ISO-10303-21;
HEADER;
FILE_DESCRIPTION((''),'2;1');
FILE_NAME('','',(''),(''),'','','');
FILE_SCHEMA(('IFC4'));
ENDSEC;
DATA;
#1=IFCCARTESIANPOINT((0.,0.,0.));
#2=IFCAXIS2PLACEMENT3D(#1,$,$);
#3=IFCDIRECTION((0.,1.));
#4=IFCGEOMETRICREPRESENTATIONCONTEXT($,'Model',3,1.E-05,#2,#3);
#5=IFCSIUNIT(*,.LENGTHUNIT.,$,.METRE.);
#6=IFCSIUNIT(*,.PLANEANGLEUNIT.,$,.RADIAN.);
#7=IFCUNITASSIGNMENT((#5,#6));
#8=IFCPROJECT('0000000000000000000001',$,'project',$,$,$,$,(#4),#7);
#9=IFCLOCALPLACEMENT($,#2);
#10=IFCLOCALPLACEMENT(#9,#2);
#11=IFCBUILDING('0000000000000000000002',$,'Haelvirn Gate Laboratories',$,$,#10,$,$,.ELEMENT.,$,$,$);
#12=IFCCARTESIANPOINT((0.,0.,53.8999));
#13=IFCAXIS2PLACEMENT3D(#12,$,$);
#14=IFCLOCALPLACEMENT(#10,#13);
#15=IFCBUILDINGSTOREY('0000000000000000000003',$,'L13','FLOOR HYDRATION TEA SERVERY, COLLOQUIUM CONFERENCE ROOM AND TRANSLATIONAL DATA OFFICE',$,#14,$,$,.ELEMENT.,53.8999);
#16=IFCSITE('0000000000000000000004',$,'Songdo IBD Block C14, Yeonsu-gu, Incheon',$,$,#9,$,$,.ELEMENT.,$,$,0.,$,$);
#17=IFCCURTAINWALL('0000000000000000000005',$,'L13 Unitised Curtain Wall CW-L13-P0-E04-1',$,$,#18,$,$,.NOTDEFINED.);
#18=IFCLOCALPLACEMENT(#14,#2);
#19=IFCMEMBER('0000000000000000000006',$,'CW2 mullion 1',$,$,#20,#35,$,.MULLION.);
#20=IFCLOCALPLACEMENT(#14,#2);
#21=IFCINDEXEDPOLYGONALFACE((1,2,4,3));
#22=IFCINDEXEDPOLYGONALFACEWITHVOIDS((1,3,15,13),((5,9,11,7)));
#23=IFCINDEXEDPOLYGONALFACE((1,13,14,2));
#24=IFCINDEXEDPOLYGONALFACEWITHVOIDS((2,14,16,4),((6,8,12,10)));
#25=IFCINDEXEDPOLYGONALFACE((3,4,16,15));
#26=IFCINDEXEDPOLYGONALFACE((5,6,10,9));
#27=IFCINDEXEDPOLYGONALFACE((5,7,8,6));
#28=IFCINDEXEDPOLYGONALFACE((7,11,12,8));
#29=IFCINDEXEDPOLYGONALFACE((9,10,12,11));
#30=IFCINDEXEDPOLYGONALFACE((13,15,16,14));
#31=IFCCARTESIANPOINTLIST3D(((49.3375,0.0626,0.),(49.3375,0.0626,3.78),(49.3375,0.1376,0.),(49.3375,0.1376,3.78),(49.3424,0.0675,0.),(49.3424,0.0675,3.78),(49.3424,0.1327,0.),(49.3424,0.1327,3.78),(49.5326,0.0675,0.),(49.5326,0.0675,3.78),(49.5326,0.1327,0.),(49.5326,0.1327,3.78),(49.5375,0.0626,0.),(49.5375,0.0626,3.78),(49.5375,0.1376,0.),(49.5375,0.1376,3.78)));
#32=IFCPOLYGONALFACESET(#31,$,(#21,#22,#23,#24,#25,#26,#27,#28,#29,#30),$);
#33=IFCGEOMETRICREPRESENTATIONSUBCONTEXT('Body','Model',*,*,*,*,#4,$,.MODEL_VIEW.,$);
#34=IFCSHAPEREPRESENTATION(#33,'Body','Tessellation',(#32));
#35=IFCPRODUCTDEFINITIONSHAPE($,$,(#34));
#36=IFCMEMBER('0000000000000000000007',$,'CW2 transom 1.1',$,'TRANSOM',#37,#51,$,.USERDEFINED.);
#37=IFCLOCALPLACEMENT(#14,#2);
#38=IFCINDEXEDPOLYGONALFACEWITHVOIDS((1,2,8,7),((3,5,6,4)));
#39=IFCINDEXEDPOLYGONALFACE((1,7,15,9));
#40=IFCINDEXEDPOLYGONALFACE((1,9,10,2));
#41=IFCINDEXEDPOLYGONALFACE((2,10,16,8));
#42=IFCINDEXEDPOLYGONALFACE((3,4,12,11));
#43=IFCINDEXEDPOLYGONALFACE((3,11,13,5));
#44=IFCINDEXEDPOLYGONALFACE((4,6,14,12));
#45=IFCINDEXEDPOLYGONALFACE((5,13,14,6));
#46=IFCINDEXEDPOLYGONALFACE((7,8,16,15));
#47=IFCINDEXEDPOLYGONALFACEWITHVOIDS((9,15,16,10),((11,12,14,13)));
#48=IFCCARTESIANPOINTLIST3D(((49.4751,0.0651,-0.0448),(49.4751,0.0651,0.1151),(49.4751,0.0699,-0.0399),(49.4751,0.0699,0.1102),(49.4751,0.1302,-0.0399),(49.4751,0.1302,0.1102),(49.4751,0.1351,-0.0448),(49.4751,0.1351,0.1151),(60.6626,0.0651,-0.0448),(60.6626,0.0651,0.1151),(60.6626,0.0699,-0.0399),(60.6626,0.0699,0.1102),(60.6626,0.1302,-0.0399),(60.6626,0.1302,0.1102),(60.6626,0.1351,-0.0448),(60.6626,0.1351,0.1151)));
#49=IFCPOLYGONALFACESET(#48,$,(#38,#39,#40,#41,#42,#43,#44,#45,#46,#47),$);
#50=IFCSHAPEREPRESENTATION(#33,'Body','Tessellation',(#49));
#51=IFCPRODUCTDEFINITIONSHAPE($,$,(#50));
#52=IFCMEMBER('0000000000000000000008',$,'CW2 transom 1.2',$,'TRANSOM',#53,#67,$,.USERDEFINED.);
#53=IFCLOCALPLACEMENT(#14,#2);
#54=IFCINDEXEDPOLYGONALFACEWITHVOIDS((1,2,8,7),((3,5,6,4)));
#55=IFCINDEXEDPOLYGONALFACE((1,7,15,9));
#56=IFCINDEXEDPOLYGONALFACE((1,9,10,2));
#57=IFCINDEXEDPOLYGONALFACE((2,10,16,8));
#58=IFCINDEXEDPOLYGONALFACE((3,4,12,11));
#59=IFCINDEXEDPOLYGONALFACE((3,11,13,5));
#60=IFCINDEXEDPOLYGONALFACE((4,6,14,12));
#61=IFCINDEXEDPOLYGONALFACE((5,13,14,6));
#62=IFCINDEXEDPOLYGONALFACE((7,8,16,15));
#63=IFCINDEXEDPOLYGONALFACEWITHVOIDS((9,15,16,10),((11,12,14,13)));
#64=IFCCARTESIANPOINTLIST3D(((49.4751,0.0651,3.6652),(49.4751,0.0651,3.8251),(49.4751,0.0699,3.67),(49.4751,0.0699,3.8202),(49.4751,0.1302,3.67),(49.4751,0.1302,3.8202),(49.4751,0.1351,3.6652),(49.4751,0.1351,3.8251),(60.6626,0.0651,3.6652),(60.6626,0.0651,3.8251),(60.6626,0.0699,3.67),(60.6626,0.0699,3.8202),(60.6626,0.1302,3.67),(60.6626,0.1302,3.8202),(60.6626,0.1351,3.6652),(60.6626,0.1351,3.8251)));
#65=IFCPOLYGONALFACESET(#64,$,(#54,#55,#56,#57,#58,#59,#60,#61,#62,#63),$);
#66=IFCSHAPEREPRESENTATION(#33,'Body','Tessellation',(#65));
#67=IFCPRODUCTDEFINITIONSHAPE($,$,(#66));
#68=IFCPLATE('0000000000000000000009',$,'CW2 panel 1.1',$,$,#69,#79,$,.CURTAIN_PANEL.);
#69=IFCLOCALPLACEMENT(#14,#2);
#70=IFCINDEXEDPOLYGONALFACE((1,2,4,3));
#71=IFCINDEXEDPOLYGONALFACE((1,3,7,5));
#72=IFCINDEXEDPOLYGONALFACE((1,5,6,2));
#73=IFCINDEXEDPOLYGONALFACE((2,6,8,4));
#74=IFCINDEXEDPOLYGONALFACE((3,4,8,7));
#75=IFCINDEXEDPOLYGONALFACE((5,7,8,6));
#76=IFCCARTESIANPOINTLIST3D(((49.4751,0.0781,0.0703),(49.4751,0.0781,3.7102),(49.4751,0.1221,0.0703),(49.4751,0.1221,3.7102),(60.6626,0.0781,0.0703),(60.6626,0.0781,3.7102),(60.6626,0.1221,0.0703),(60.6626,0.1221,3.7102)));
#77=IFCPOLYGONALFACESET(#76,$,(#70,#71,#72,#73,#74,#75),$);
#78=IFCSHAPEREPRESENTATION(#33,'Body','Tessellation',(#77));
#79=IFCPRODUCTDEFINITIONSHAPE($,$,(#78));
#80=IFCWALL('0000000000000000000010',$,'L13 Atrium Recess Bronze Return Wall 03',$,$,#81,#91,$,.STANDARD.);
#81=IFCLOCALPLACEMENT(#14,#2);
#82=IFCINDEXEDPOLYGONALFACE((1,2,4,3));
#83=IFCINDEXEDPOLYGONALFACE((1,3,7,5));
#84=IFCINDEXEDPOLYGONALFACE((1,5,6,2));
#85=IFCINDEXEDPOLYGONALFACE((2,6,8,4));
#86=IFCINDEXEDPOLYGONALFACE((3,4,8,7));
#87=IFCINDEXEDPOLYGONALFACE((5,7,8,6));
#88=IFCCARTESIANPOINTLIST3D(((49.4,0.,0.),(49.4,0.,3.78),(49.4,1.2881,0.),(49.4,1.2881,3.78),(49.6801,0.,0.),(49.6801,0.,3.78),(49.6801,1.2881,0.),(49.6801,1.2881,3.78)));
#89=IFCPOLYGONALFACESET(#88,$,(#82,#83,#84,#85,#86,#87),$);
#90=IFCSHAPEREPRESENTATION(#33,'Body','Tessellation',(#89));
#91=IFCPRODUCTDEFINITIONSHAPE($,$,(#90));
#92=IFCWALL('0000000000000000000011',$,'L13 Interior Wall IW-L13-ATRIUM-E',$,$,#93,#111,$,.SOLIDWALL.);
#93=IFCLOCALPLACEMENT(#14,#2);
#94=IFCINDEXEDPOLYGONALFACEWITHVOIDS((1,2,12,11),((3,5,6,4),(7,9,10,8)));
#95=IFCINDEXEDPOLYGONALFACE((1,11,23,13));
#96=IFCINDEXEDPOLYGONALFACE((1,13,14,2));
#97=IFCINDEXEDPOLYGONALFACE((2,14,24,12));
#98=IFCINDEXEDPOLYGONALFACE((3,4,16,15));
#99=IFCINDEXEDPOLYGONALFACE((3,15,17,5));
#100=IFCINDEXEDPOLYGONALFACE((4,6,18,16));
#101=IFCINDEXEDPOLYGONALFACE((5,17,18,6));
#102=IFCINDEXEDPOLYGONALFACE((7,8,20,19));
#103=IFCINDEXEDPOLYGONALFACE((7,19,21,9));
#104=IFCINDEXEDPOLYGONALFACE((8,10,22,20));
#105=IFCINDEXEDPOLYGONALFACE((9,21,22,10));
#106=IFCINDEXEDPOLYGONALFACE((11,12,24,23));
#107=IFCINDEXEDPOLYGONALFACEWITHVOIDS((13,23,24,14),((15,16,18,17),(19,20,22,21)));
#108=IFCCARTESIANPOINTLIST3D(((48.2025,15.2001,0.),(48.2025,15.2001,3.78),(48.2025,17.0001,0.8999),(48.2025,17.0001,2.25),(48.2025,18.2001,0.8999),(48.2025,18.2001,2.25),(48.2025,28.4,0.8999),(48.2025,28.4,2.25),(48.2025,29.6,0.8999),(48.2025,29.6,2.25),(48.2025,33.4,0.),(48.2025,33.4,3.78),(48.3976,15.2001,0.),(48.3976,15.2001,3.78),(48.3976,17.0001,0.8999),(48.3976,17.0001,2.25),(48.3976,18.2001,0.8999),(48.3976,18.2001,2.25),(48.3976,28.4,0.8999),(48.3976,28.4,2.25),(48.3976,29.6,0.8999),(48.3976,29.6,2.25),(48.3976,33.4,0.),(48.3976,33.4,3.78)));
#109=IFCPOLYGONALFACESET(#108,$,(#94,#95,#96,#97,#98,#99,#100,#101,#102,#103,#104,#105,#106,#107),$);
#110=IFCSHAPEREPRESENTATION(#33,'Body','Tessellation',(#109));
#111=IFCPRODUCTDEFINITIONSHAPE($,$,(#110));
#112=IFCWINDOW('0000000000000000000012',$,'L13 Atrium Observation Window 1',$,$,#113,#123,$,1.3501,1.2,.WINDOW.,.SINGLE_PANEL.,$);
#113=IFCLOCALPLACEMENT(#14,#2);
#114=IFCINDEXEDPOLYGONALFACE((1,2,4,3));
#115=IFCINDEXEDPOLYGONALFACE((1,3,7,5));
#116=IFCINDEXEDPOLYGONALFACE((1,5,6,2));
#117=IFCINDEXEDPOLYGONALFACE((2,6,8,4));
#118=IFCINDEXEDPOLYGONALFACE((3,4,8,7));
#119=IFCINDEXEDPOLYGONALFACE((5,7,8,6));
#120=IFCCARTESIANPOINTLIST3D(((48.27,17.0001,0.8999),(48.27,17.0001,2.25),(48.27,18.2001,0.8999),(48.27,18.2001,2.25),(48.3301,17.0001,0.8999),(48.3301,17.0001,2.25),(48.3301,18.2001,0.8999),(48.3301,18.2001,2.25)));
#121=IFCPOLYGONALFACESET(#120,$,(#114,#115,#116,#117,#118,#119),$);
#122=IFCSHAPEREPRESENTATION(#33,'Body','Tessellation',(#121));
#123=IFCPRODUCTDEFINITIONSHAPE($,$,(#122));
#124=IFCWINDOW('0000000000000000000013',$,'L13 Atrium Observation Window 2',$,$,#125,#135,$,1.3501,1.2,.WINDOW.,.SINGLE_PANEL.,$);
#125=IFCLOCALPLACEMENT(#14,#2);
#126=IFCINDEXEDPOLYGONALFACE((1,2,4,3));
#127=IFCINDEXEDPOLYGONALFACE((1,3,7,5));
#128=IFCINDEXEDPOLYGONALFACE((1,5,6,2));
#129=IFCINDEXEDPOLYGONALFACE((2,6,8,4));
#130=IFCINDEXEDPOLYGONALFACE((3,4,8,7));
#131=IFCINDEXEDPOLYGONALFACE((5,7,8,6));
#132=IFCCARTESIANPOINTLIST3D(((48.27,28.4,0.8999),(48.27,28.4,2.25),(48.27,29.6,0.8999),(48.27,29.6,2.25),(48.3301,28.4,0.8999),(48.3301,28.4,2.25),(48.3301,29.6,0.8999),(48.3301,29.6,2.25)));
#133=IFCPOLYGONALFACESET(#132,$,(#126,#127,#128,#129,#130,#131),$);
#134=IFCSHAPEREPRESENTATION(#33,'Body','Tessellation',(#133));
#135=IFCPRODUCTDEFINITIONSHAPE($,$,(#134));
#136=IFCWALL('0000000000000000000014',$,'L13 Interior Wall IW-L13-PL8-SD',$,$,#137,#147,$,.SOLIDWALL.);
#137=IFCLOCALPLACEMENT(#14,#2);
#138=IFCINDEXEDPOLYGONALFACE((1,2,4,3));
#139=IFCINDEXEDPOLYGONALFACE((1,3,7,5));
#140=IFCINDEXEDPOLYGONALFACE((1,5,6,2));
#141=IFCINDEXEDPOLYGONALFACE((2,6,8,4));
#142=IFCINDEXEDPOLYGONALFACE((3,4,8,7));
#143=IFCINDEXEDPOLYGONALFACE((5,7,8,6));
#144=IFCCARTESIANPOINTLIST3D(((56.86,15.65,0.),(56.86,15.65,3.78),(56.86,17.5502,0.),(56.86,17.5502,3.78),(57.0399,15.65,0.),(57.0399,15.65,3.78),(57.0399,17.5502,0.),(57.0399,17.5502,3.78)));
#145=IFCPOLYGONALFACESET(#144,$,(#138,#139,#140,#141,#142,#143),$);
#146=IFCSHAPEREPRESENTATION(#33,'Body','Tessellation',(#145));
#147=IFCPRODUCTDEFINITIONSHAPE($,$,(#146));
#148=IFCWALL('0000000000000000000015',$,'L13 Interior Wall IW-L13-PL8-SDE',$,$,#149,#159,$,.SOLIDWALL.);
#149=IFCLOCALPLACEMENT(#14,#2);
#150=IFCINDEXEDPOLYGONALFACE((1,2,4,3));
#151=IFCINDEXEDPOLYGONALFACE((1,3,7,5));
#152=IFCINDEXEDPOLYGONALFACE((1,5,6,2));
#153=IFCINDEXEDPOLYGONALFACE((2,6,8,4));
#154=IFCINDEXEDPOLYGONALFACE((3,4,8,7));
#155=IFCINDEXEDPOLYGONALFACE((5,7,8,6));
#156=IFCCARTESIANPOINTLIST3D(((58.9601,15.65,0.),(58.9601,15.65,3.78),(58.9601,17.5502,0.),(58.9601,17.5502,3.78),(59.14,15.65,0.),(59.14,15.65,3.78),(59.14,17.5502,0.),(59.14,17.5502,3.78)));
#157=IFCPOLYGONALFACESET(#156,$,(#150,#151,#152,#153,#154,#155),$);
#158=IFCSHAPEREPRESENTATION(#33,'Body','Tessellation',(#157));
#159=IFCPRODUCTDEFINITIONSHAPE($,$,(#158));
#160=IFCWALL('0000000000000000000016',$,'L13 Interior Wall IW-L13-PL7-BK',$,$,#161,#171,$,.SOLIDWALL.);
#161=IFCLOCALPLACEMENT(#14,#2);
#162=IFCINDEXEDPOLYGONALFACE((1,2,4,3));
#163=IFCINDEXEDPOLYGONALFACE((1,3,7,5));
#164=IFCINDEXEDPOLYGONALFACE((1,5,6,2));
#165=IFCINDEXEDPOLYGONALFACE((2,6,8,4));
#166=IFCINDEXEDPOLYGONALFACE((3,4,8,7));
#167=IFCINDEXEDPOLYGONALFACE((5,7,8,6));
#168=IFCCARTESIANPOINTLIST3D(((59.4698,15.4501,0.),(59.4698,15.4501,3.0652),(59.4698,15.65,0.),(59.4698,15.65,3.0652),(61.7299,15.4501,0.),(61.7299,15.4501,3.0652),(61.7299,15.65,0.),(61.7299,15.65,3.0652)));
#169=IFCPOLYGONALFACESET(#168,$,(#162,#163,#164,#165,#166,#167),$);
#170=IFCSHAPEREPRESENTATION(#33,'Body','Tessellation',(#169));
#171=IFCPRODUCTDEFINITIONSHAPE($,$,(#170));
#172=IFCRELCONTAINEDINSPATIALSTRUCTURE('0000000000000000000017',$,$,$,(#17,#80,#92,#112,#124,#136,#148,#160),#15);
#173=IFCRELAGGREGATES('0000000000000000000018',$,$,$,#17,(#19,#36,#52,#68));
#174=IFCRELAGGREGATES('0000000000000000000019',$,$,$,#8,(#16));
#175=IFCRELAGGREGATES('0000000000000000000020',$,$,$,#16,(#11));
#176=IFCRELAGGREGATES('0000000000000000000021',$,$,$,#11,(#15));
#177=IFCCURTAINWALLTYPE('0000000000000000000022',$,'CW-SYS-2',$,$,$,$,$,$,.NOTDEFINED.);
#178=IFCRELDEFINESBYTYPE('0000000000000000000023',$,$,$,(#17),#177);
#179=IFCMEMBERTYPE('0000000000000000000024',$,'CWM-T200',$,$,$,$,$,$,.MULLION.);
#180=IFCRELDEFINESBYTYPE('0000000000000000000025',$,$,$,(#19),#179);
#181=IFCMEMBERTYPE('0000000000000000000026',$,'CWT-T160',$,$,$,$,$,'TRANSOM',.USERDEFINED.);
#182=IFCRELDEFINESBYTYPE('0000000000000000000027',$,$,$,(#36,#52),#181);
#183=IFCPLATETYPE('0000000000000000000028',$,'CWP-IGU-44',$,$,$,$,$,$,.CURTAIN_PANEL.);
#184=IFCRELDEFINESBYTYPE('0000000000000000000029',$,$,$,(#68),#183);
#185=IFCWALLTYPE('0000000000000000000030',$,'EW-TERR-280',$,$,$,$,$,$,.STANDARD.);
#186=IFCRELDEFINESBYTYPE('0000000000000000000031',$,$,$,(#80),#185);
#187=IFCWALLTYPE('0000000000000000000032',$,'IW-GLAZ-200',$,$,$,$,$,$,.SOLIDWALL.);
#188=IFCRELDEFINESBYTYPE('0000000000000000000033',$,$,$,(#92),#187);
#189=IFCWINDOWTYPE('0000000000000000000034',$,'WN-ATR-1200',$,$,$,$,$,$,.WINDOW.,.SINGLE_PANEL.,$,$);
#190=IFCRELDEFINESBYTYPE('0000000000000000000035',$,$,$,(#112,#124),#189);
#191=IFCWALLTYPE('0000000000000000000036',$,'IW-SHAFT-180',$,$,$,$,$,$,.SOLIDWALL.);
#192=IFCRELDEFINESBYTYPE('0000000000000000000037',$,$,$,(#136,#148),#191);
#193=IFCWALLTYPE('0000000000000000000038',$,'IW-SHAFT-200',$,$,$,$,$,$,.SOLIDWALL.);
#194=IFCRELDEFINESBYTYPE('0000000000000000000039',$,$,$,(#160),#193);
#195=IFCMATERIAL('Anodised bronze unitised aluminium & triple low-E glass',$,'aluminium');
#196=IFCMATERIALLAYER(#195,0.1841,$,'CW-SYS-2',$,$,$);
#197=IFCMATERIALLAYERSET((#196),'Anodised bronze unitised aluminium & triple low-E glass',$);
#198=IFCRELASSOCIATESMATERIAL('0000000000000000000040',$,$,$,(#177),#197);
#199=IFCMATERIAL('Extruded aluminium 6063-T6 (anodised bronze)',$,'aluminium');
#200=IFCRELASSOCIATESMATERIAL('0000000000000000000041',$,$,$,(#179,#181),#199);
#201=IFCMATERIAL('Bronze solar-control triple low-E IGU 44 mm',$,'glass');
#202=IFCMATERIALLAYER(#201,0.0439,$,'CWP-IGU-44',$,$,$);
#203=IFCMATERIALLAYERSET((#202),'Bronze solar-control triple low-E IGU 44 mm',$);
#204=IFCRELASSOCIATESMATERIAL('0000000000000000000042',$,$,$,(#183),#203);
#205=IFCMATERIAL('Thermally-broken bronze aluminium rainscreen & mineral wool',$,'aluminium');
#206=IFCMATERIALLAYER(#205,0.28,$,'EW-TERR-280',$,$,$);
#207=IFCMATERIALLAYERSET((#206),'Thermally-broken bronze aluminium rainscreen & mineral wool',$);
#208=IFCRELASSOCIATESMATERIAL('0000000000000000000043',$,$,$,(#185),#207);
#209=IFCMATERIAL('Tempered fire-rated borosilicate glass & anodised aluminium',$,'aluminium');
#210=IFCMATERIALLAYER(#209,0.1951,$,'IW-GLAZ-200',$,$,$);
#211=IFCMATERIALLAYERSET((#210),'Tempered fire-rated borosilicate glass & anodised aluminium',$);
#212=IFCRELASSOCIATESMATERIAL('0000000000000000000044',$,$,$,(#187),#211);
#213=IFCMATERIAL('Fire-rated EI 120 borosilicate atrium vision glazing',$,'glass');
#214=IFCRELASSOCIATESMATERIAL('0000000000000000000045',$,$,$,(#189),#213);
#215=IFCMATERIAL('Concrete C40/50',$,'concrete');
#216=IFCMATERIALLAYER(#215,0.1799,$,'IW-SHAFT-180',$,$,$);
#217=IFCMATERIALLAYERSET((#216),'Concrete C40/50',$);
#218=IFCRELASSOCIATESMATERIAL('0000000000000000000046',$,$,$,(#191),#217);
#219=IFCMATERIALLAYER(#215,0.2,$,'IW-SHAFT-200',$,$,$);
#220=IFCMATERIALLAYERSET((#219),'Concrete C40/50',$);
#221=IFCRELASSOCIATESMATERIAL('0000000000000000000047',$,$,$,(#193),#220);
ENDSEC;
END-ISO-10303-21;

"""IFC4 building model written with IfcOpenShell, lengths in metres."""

from ifc_helpers import new_model, si_unit, direction, frame, frame_2d, origin, origin_2d, place, context, subcontext, project, spatial, rectangle, hollow_rectangle, extrude, source, transform, mapped, material, layer, layer_set, material_profile, profile_set, type_object, type_shapes, element, fill, aggregate, save


model = new_model("IFC4")

# Units and contexts
model_context = context("Model", 3, precision=1e-05, world=origin(), true_north=direction((0.0, 1.0)))
body_context = subcontext(model_context, "Body", "Model", "MODEL_VIEW")
ifc_project = project(units=[si_unit("LENGTHUNIT", "METRE"), si_unit("PLANEANGLEUNIT", "RADIAN")], contexts=[model_context])

# Site, building, storey
site_placement = place(None, origin())
site = spatial("IfcSite", under=ifc_project, at=site_placement, Name="Songdo IBD Block C14, Yeonsu-gu, Incheon", CompositionType="ELEMENT", RefElevation=0.0)
building_placement = place(site_placement, origin())
building = spatial("IfcBuilding", under=site, at=building_placement, Name="Haelvirn Gate Laboratories", CompositionType="ELEMENT")
storey_placement = place(building_placement, frame((0.0, 0.0, 53.8999)))
storey = spatial("IfcBuildingStorey", under=building, at=storey_placement, Name="L13", Description="FLOOR HYDRATION TEA SERVERY, COLLOQUIUM CONFERENCE ROOM AND TRANSLATIONAL DATA OFFICE", CompositionType="ELEMENT", Elevation=53.8999)

# Shared definitions
ifc_material_1 = material(Name="Anodised bronze unitised aluminium & triple low-E glass", Category="aluminium")
ifc_layer_1 = layer(ifc_material_1, 0.1841, Name="CW-SYS-2")
ifc_layer_set_1 = layer_set([ifc_layer_1], Name="Anodised bronze unitised aluminium & triple low-E glass")
curtain_wall_type = type_object("IfcCurtainWallType", Name="CW-SYS-2", PredefinedType="NOTDEFINED", material=ifc_layer_set_1)
ifc_material_2 = material(Name="Extruded aluminium 6063-T6 (anodised bronze)", Category="aluminium")
ifc_material_profile_1 = material_profile(ifc_material_2, hollow_rectangle(XDim=0.075, YDim=0.2, WallThickness=0.0049, at=origin_2d()), Name="CWM-200x75x5")
ifc_profile_set_1 = profile_set([ifc_material_profile_1], Name="Extruded aluminium 6063-T6 (anodised bronze)")
member_type_1 = type_object("IfcMemberType", Name="CWM-T200", PredefinedType="MULLION", material=ifc_profile_set_1)
shared_shape_1 = source(origin(), body_context, "Body", "SweptSolid", [
    extrude(hollow_rectangle(XDim=0.075, YDim=0.2, WallThickness=0.0049, at=origin_2d()), origin(), (0.0, 0.0, 1.0), 3.78),
])
type_shapes(member_type_1, [shared_shape_1])

# Curtain wall, members, plate
curtain_wall_1_placement = place(storey_placement, origin())
curtain_wall_1 = element("IfcCurtainWall", 1, at=curtain_wall_1_placement, inside=storey, type_object=curtain_wall_type, Name="L13 Unitised Curtain Wall CW-L13-P0-E04-1", PredefinedType="NOTDEFINED")
member_1_placement = place(storey_placement, frame((49.4375, 0.1001, 0.0), z_axis=(0.0, 0.0, 1.0), x_axis=(0.0, 1.0, 0.0)))
member_1 = element("IfcMember", 2, at=member_1_placement, type_object=member_type_1, Name="CW2 mullion 1", PredefinedType="MULLION", context=body_context, shape_type="MappedRepresentation", body=[
    mapped(shared_shape_1, transform((0.0, 0.0, 0.0), scale=1.0)),
])
ifc_material_profile_2 = material_profile(ifc_material_2, hollow_rectangle(XDim=0.0701, YDim=0.1599, WallThickness=0.0049, at=origin_2d()), Name="CWT-160x70x5")
ifc_profile_set_2 = profile_set([ifc_material_profile_2], Name="Extruded aluminium 6063-T6 (anodised bronze)")
member_type_2 = type_object("IfcMemberType", Name="CWT-T160", ElementType="TRANSOM", PredefinedType="USERDEFINED", material=ifc_profile_set_2)
shared_shape_2 = source(origin(), body_context, "Body", "SweptSolid", [
    extrude(hollow_rectangle(XDim=0.0701, YDim=0.1599, WallThickness=0.0049, at=origin_2d()), origin(), (0.0, 0.0, 1.0), 11.1875),
])
type_shapes(member_type_2, [shared_shape_2])
member_2_placement = place(storey_placement, frame((49.4751, 0.1001, 0.0352), z_axis=(1.0, 0.0, 0.0), x_axis=(0.0, 1.0, 0.0)))
member_2 = element("IfcMember", 3, at=member_2_placement, type_object=member_type_2, Name="CW2 transom 1.1", ObjectType="TRANSOM", PredefinedType="USERDEFINED", context=body_context, shape_type="MappedRepresentation", body=[
    mapped(shared_shape_2, transform((0.0, 0.0, 0.0), scale=1.0)),
])
member_3_placement = place(storey_placement, frame((49.4751, 0.1001, 3.7451), z_axis=(1.0, 0.0, 0.0), x_axis=(0.0, 1.0, 0.0)))
member_3 = element("IfcMember", 4, at=member_3_placement, type_object=member_type_2, Name="CW2 transom 1.2", ObjectType="TRANSOM", PredefinedType="USERDEFINED", context=body_context, shape_type="MappedRepresentation", body=[
    mapped(shared_shape_2, transform((0.0, 0.0, 0.0), scale=1.0)),
])
ifc_material_3 = material(Name="Bronze solar-control triple low-E IGU 44 mm", Category="glass")
ifc_layer_2 = layer(ifc_material_3, 0.0439, Name="CWP-IGU-44")
ifc_layer_set_2 = layer_set([ifc_layer_2], Name="Bronze solar-control triple low-E IGU 44 mm")
plate_type = type_object("IfcPlateType", Name="CWP-IGU-44", PredefinedType="CURTAIN_PANEL", material=ifc_layer_set_2)
shared_shape_3 = source(origin(), body_context, "Body", "SweptSolid", [
    extrude(rectangle(XDim=11.1875, YDim=0.0439, at=origin_2d()), origin(), (0.0, 0.0, 1.0), 3.6399),
])
type_shapes(plate_type, [shared_shape_3])
plate_placement = place(storey_placement, frame((55.0688, 0.1001, 0.0703), z_axis=(0.0, 0.0, 1.0), x_axis=(1.0, 0.0, 0.0)))
plate = element("IfcPlate", 5, at=plate_placement, type_object=plate_type, Name="CW2 panel 1.1", PredefinedType="CURTAIN_PANEL", context=body_context, shape_type="MappedRepresentation", body=[
    mapped(shared_shape_3, transform((0.0, 0.0, 0.0), scale=1.0)),
])
aggregate(curtain_wall_1, [member_1, member_2, member_3, plate])

# Wall
ifc_material_4 = material(Name="Thermally-broken bronze aluminium rainscreen & mineral wool", Category="aluminium")
ifc_layer_3 = layer(ifc_material_4, 0.28, Name="EW-TERR-280")
ifc_layer_set_3 = layer_set([ifc_layer_3], Name="Thermally-broken bronze aluminium rainscreen & mineral wool")
wall_type_1 = type_object("IfcWallType", Name="EW-TERR-280", PredefinedType="STANDARD", material=ifc_layer_set_3)
wall_1_placement = place(storey_placement, frame((49.54, 1.2881, 0.0), z_axis=(0.0, 0.0, 1.0), x_axis=(0.0, -1.0, 0.0)))
element("IfcWall", 6, at=wall_1_placement, inside=storey, type_object=wall_type_1, Name="L13 Atrium Recess Bronze Return Wall 03", PredefinedType="STANDARD", context=body_context, shape_type="SweptSolid", body=[
    extrude(rectangle(XDim=1.2881, YDim=0.28, at=frame_2d((0.644, 0.0))), origin(), (0.0, 0.0, 1.0), 3.78),
])

# Wall, openings, windows
ifc_material_5 = material(Name="Tempered fire-rated borosilicate glass & anodised aluminium", Category="aluminium")
ifc_layer_4 = layer(ifc_material_5, 0.1951, Name="IW-GLAZ-200")
ifc_layer_set_4 = layer_set([ifc_layer_4], Name="Tempered fire-rated borosilicate glass & anodised aluminium")
wall_type_2 = type_object("IfcWallType", Name="IW-GLAZ-200", PredefinedType="SOLIDWALL", material=ifc_layer_set_4)
wall_2_placement = place(storey_placement, frame((48.3, 15.2, 0.0), z_axis=(0.0, 0.0, 1.0), x_axis=(0.0, 1.0, 0.0)))
wall_2 = element("IfcWall", 7, at=wall_2_placement, inside=storey, type_object=wall_type_2, Name="L13 Interior Wall IW-L13-ATRIUM-E", PredefinedType="SOLIDWALL", context=body_context, shape_type="SweptSolid", body=[
    extrude(rectangle(XDim=18.2, YDim=0.1951, at=frame_2d((9.1001, 0.0))), origin(), (0.0, 0.0, 1.0), 3.78),
])
opening_1_placement = place(wall_2_placement, frame((1.8, 0.0, 0.8999)))
opening_1 = element("IfcOpeningElement", 8, at=opening_1_placement, cuts=wall_2, PredefinedType="OPENING", context=body_context, shape_type="SweptSolid", body=[
    extrude(rectangle(XDim=1.2, YDim=1.3501, at=frame_2d((0.6001, 0.675))), frame((0.0, 0.1074, 0.0), z_axis=(0.0, -1.0, 0.0), x_axis=(1.0, 0.0, 0.0)), (0.0, 0.0, 1.0), 0.2151),
])
opening_2_placement = place(wall_2_placement, frame((13.2, 0.0, 0.8999)))
opening_2 = element("IfcOpeningElement", 9, at=opening_2_placement, cuts=wall_2, PredefinedType="OPENING", context=body_context, shape_type="SweptSolid", body=[
    extrude(rectangle(XDim=1.2, YDim=1.3501, at=frame_2d((0.6001, 0.675))), frame((0.0, 0.1074, 0.0), z_axis=(0.0, -1.0, 0.0), x_axis=(1.0, 0.0, 0.0)), (0.0, 0.0, 1.0), 0.2151),
])
ifc_material_6 = material(Name="Fire-rated EI 120 borosilicate atrium vision glazing", Category="glass")
window_type = type_object("IfcWindowType", Name="WN-ATR-1200", PartitioningType="SINGLE_PANEL", PredefinedType="WINDOW", material=ifc_material_6)
shared_shape_4 = source(origin(), body_context, "Body", "SweptSolid", [
    extrude(rectangle(XDim=1.2, YDim=1.3501, at=frame_2d((0.6001, 0.675))), frame((0.0, 0.03, 0.0), z_axis=(0.0, -1.0, 0.0), x_axis=(1.0, 0.0, 0.0)), (0.0, 0.0, 1.0), 0.0601),
])
type_shapes(window_type, [shared_shape_4])
window_1_placement = place(opening_1_placement, origin())
window_1 = element("IfcWindow", 10, at=window_1_placement, inside=storey, type_object=window_type, Name="L13 Atrium Observation Window 1", OverallHeight=1.3501, OverallWidth=1.2, PartitioningType="SINGLE_PANEL", PredefinedType="WINDOW", context=body_context, shape_type="MappedRepresentation", body=[
    mapped(shared_shape_4, transform((0.0, 0.0, 0.0), scale=1.0)),
])
fill(opening_1, window_1)
window_2_placement = place(opening_2_placement, origin())
window_2 = element("IfcWindow", 11, at=window_2_placement, inside=storey, type_object=window_type, Name="L13 Atrium Observation Window 2", OverallHeight=1.3501, OverallWidth=1.2, PartitioningType="SINGLE_PANEL", PredefinedType="WINDOW", context=body_context, shape_type="MappedRepresentation", body=[
    mapped(shared_shape_4, transform((0.0, 0.0, 0.0), scale=1.0)),
])
fill(opening_2, window_2)

# Walls
ifc_material_7 = material(Name="Concrete C40/50", Category="concrete")
ifc_layer_5 = layer(ifc_material_7, 0.1799, Name="IW-SHAFT-180")
ifc_layer_set_5 = layer_set([ifc_layer_5], Name="Concrete C40/50")
wall_type_3 = type_object("IfcWallType", Name="IW-SHAFT-180", PredefinedType="SOLIDWALL", material=ifc_layer_set_5)
for number, where, z_axis, x_axis, name in (
    (12, (56.95, 15.6499, 0.0), (0.0, 0.0, 1.0), (0.0, 1.0, 0.0), "L13 Interior Wall IW-L13-PL8-SD"),
    (13, (59.05, 15.6499, 0.0), (0.0, 0.0, 1.0), (0.0, 1.0, 0.0), "L13 Interior Wall IW-L13-PL8-SDE"),
):
    element("IfcWall", number, at=place(storey_placement, frame(where, z_axis=z_axis, x_axis=x_axis)), inside=storey, type_object=wall_type_3, Name=name, PredefinedType="SOLIDWALL", context=body_context, shape_type="SweptSolid", body=[
        extrude(rectangle(XDim=1.9001, YDim=0.1799, at=frame_2d((0.9502, 0.0))), origin(), (0.0, 0.0, 1.0), 3.78),
    ])
ifc_layer_6 = layer(ifc_material_7, 0.2, Name="IW-SHAFT-200")
ifc_layer_set_6 = layer_set([ifc_layer_6], Name="Concrete C40/50")
wall_type_4 = type_object("IfcWallType", Name="IW-SHAFT-200", PredefinedType="SOLIDWALL", material=ifc_layer_set_6)
wall_3_placement = place(storey_placement, frame((59.47, 15.55, 0.0), z_axis=(0.0, 0.0, 1.0), x_axis=(1.0, 0.0, 0.0)))
element("IfcWall", 14, at=wall_3_placement, inside=storey, type_object=wall_type_4, Name="L13 Interior Wall IW-L13-PL7-BK", PredefinedType="SOLIDWALL", context=body_context, shape_type="SweptSolid", body=[
    extrude(rectangle(XDim=2.26, YDim=0.2, at=frame_2d((1.1299, 0.0))), origin(), (0.0, 0.0, 1.0), 3.0652),
])

save(model, "model.ifc")
